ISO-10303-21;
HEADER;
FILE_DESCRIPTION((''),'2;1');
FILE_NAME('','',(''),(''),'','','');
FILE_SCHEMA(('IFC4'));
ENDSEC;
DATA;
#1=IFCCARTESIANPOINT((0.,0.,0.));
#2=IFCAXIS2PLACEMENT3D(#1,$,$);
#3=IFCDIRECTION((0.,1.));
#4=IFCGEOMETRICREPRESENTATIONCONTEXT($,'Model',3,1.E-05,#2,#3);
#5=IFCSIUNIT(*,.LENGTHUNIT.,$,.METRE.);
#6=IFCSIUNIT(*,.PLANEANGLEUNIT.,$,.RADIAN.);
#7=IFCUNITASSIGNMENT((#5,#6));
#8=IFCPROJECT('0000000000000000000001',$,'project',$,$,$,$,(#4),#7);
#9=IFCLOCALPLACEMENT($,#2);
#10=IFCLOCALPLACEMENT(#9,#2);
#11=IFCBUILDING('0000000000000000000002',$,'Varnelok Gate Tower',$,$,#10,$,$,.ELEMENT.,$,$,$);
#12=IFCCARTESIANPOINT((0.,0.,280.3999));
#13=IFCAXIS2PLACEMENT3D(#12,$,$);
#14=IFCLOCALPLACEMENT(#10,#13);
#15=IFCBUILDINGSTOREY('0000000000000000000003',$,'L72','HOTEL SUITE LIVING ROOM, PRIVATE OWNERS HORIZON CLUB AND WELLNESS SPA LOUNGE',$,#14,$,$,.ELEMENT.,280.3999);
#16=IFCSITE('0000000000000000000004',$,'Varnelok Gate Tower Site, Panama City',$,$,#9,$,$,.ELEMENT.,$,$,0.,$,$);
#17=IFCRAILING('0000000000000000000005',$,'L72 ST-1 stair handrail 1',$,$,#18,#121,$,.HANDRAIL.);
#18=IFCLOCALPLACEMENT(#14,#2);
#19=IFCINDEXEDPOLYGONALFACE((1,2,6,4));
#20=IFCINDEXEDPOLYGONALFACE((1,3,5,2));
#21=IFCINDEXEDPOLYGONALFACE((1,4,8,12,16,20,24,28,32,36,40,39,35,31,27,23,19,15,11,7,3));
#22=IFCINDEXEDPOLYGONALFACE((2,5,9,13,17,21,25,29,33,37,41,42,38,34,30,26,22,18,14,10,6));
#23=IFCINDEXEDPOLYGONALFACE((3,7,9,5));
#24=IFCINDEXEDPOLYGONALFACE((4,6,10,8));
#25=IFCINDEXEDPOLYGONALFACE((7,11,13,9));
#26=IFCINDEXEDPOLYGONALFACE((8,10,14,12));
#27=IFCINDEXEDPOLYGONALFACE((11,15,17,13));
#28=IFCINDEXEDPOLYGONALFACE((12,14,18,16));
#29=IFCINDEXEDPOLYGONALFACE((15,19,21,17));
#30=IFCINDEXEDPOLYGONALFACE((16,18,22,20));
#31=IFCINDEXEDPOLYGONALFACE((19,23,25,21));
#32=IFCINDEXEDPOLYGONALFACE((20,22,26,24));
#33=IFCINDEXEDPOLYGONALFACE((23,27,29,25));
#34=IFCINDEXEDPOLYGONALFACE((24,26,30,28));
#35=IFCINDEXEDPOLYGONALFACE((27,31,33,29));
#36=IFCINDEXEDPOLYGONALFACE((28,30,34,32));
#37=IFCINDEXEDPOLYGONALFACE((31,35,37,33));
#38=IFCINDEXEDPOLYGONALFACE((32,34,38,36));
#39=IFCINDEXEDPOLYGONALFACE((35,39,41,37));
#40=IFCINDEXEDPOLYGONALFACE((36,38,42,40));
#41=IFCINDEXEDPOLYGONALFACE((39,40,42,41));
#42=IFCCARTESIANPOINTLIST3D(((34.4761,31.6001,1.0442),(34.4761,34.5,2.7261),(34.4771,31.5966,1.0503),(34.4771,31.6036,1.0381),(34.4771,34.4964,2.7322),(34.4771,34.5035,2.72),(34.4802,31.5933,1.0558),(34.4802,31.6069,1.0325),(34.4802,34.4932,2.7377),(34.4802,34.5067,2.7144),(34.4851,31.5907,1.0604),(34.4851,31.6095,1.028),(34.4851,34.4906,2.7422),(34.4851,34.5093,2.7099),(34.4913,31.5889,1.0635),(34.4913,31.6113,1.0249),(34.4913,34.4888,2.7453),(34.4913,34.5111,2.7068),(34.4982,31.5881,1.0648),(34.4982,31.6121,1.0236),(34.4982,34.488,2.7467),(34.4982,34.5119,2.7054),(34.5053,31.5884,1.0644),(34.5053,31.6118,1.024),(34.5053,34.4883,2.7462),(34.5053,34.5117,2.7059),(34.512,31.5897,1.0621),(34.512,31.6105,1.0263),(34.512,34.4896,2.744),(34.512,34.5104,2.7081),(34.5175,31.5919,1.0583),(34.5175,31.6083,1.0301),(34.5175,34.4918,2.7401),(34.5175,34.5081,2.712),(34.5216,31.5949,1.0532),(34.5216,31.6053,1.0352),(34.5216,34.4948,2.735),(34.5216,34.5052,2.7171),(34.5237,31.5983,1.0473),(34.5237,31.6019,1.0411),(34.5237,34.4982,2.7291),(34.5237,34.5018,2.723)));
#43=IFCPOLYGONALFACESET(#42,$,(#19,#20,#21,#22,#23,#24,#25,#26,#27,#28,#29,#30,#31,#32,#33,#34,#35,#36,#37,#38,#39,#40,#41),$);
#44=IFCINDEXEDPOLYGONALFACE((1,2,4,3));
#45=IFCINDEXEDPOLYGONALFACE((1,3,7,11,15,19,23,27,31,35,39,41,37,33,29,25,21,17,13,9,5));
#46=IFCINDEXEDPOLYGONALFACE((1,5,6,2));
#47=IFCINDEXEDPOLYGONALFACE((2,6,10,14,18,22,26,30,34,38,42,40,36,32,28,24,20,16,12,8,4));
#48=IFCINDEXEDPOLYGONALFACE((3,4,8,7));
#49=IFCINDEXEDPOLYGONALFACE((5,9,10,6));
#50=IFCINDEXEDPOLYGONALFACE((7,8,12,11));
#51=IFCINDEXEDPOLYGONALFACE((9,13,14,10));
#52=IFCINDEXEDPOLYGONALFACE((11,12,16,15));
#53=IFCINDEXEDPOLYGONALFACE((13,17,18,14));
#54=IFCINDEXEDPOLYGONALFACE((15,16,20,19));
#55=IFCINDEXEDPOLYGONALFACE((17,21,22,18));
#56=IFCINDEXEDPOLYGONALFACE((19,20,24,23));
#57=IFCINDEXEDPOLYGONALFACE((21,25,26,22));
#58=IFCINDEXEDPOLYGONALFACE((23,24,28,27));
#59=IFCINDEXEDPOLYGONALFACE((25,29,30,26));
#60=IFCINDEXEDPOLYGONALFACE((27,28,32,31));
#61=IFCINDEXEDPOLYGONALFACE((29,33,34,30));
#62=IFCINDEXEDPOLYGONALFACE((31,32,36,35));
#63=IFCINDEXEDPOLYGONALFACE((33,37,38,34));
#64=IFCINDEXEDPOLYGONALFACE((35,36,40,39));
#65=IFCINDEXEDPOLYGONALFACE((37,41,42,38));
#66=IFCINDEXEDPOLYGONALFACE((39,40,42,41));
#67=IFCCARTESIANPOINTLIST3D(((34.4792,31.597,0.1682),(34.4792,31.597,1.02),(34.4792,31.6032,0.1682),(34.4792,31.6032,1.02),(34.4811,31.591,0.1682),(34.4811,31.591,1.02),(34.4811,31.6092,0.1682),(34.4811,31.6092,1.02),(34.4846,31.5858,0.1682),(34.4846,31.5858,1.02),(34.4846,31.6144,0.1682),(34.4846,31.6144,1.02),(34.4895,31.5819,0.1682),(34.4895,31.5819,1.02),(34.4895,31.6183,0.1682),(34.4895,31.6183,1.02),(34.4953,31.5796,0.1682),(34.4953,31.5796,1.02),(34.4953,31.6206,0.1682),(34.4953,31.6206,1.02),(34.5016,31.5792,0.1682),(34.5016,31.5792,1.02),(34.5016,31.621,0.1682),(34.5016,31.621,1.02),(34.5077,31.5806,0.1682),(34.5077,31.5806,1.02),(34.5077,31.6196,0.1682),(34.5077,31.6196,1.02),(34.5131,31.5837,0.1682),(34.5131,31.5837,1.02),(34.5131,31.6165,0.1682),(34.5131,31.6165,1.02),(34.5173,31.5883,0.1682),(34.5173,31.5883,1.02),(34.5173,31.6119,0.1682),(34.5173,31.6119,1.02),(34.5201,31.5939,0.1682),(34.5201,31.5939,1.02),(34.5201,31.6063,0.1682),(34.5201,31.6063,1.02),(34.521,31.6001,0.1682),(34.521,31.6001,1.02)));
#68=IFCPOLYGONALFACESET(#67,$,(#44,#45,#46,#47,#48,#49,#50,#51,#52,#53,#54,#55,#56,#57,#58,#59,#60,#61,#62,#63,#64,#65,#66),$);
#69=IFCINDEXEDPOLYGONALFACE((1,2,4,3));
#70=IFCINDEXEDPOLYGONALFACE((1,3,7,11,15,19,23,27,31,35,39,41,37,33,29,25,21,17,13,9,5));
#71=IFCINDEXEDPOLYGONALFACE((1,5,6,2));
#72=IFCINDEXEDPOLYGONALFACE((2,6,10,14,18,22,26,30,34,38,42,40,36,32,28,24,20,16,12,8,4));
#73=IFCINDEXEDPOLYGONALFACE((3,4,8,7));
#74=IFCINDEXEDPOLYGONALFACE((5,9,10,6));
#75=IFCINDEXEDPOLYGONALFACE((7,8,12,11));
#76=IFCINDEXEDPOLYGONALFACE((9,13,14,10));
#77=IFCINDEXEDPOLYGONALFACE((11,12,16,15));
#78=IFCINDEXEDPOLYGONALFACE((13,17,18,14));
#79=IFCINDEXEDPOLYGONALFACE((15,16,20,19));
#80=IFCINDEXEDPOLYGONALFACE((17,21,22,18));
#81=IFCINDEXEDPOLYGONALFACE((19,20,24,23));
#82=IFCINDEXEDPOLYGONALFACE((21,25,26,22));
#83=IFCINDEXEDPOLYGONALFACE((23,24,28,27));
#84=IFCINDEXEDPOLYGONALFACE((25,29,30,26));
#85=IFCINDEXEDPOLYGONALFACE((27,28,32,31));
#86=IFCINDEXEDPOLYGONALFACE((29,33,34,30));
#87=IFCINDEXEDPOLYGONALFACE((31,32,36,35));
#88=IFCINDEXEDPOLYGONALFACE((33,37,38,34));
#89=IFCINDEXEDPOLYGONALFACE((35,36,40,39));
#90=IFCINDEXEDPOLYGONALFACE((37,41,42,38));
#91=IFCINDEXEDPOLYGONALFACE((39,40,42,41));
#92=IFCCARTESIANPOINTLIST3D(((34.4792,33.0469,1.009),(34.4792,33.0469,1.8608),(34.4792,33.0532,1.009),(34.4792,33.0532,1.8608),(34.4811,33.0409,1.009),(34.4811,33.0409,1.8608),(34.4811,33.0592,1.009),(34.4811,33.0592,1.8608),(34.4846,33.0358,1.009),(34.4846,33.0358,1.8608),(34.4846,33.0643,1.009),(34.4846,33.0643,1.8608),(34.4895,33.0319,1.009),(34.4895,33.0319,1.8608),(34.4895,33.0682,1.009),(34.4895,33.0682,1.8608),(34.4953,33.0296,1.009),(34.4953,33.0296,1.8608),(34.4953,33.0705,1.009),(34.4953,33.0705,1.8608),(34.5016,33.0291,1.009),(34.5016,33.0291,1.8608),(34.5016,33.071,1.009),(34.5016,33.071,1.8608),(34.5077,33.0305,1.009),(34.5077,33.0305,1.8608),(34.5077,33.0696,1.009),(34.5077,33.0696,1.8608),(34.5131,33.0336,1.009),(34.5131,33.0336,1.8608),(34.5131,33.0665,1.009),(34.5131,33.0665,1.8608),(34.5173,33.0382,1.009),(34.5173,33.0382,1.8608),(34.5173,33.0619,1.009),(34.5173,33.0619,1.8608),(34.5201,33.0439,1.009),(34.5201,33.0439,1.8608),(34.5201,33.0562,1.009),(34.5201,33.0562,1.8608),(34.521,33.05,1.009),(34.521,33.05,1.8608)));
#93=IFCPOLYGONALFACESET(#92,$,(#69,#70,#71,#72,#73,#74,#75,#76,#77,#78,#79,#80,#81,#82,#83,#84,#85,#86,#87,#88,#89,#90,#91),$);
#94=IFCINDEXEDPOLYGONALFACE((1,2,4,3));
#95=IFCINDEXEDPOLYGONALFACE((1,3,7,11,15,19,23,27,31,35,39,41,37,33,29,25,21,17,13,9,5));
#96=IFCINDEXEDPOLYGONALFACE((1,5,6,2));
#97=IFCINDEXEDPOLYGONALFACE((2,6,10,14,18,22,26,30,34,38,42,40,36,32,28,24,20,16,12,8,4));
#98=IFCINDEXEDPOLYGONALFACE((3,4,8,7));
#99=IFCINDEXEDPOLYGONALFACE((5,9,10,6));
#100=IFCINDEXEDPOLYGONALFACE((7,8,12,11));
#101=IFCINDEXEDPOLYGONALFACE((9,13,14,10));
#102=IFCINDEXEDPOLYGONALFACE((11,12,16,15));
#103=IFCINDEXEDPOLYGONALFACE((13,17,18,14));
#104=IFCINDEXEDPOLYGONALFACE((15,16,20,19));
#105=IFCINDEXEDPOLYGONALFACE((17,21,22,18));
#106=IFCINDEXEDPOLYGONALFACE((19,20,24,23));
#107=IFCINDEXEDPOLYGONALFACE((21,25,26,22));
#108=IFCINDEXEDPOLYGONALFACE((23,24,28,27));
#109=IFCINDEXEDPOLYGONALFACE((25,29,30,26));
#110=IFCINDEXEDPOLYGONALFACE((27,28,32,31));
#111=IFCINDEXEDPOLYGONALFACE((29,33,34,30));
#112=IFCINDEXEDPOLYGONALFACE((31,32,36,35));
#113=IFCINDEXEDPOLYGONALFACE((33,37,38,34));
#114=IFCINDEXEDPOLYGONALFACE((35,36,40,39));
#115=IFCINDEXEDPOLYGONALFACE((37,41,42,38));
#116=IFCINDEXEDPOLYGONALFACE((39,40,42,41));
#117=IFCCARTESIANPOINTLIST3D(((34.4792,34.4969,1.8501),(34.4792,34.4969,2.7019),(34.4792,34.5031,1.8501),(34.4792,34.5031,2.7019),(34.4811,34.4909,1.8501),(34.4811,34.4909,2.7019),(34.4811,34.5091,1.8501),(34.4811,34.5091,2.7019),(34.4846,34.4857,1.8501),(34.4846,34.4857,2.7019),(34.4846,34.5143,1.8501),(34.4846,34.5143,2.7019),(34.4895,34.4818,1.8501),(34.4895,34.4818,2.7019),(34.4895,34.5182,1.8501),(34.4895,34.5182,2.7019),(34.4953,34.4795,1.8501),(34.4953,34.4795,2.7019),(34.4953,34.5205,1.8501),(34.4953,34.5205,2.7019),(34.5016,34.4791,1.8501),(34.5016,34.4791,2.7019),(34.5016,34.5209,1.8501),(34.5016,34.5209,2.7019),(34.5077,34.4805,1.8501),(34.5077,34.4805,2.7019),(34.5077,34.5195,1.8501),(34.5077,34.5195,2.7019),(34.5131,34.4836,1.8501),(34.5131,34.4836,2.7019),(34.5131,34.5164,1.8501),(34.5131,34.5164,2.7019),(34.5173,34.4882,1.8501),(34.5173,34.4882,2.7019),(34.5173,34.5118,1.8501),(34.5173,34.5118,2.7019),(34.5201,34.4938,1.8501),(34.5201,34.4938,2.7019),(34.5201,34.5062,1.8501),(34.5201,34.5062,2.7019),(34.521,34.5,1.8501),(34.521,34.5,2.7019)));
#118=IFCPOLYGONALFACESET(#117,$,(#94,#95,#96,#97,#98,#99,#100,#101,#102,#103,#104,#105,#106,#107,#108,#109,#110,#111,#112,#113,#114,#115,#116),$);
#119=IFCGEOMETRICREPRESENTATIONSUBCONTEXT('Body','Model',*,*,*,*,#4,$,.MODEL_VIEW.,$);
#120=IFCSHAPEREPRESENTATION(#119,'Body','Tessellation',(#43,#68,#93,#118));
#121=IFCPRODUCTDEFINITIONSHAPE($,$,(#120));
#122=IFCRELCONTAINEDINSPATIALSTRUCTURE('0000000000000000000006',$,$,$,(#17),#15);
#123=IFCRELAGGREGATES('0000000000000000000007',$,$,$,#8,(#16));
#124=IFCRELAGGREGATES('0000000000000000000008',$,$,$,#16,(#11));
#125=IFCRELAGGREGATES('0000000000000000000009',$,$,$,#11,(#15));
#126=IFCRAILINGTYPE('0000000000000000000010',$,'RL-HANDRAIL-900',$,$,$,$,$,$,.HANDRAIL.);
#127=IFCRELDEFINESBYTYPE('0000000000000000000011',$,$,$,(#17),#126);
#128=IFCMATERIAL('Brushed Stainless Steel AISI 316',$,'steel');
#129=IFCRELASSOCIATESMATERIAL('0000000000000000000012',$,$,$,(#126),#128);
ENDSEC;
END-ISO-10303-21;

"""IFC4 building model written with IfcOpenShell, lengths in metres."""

from ifc_helpers import new_model, si_unit, direction, frame, origin, origin_2d, place, context, subcontext, project, spatial, circle, extrude, material, type_object, element, save


model = new_model("IFC4")

# Units and contexts
model_context = context("Model", 3, precision=1e-05, world=origin(), true_north=direction((0.0, 1.0)))
body_context = subcontext(model_context, "Body", "Model", "MODEL_VIEW")
ifc_project = project(units=[si_unit("LENGTHUNIT", "METRE"), si_unit("PLANEANGLEUNIT", "RADIAN")], contexts=[model_context])

# Site, building, storey
site_placement = place(None, origin())
site = spatial("IfcSite", under=ifc_project, at=site_placement, Name="Varnelok Gate Tower Site, Panama City", CompositionType="ELEMENT", RefElevation=0.0)
building_placement = place(site_placement, origin())
building = spatial("IfcBuilding", under=site, at=building_placement, Name="Varnelok Gate Tower", CompositionType="ELEMENT")
storey_placement = place(building_placement, frame((0.0, 0.0, 280.3999)))
storey = spatial("IfcBuildingStorey", under=building, at=storey_placement, Name="L72", Description="HOTEL SUITE LIVING ROOM, PRIVATE OWNERS HORIZON CLUB AND WELLNESS SPA LOUNGE", CompositionType="ELEMENT", Elevation=280.3999)

# Railing
ifc_material_1 = material(Name="Brushed Stainless Steel AISI 316", Category="steel")
railing_type_1 = type_object("IfcRailingType", Name="RL-HANDRAIL-900", PredefinedType="HANDRAIL", material=ifc_material_1)
railing_1_placement = place(storey_placement, frame((34.5, 31.6001, 0.1682)))
element("IfcRailing", 1, at=railing_1_placement, inside=storey, type_object=railing_type_1, Name="L72 ST-1 stair handrail 1", PredefinedType="HANDRAIL", context=body_context, shape_type="SweptSolid", body=[
    extrude(circle(Radius=0.0239, at=origin_2d()), frame((0.0, 0.0, 0.876), z_axis=(0.0, 0.865039, 0.501705), x_axis=(-1.0, 0.0, 0.0)), (0.0, 0.0, 1.0), 3.3523),
    extrude(circle(Radius=0.021, at=origin_2d()), origin(), (0.0, 0.0, 1.0), 0.8518),
    extrude(circle(Radius=0.021, at=origin_2d()), frame((0.0, 1.45, 0.8408)), (0.0, 0.0, 1.0), 0.8518),
    extrude(circle(Radius=0.021, at=origin_2d()), frame((0.0, 2.8999, 1.6819)), (0.0, 0.0, 1.0), 0.8518),
])

save(model, "model.ifc")
